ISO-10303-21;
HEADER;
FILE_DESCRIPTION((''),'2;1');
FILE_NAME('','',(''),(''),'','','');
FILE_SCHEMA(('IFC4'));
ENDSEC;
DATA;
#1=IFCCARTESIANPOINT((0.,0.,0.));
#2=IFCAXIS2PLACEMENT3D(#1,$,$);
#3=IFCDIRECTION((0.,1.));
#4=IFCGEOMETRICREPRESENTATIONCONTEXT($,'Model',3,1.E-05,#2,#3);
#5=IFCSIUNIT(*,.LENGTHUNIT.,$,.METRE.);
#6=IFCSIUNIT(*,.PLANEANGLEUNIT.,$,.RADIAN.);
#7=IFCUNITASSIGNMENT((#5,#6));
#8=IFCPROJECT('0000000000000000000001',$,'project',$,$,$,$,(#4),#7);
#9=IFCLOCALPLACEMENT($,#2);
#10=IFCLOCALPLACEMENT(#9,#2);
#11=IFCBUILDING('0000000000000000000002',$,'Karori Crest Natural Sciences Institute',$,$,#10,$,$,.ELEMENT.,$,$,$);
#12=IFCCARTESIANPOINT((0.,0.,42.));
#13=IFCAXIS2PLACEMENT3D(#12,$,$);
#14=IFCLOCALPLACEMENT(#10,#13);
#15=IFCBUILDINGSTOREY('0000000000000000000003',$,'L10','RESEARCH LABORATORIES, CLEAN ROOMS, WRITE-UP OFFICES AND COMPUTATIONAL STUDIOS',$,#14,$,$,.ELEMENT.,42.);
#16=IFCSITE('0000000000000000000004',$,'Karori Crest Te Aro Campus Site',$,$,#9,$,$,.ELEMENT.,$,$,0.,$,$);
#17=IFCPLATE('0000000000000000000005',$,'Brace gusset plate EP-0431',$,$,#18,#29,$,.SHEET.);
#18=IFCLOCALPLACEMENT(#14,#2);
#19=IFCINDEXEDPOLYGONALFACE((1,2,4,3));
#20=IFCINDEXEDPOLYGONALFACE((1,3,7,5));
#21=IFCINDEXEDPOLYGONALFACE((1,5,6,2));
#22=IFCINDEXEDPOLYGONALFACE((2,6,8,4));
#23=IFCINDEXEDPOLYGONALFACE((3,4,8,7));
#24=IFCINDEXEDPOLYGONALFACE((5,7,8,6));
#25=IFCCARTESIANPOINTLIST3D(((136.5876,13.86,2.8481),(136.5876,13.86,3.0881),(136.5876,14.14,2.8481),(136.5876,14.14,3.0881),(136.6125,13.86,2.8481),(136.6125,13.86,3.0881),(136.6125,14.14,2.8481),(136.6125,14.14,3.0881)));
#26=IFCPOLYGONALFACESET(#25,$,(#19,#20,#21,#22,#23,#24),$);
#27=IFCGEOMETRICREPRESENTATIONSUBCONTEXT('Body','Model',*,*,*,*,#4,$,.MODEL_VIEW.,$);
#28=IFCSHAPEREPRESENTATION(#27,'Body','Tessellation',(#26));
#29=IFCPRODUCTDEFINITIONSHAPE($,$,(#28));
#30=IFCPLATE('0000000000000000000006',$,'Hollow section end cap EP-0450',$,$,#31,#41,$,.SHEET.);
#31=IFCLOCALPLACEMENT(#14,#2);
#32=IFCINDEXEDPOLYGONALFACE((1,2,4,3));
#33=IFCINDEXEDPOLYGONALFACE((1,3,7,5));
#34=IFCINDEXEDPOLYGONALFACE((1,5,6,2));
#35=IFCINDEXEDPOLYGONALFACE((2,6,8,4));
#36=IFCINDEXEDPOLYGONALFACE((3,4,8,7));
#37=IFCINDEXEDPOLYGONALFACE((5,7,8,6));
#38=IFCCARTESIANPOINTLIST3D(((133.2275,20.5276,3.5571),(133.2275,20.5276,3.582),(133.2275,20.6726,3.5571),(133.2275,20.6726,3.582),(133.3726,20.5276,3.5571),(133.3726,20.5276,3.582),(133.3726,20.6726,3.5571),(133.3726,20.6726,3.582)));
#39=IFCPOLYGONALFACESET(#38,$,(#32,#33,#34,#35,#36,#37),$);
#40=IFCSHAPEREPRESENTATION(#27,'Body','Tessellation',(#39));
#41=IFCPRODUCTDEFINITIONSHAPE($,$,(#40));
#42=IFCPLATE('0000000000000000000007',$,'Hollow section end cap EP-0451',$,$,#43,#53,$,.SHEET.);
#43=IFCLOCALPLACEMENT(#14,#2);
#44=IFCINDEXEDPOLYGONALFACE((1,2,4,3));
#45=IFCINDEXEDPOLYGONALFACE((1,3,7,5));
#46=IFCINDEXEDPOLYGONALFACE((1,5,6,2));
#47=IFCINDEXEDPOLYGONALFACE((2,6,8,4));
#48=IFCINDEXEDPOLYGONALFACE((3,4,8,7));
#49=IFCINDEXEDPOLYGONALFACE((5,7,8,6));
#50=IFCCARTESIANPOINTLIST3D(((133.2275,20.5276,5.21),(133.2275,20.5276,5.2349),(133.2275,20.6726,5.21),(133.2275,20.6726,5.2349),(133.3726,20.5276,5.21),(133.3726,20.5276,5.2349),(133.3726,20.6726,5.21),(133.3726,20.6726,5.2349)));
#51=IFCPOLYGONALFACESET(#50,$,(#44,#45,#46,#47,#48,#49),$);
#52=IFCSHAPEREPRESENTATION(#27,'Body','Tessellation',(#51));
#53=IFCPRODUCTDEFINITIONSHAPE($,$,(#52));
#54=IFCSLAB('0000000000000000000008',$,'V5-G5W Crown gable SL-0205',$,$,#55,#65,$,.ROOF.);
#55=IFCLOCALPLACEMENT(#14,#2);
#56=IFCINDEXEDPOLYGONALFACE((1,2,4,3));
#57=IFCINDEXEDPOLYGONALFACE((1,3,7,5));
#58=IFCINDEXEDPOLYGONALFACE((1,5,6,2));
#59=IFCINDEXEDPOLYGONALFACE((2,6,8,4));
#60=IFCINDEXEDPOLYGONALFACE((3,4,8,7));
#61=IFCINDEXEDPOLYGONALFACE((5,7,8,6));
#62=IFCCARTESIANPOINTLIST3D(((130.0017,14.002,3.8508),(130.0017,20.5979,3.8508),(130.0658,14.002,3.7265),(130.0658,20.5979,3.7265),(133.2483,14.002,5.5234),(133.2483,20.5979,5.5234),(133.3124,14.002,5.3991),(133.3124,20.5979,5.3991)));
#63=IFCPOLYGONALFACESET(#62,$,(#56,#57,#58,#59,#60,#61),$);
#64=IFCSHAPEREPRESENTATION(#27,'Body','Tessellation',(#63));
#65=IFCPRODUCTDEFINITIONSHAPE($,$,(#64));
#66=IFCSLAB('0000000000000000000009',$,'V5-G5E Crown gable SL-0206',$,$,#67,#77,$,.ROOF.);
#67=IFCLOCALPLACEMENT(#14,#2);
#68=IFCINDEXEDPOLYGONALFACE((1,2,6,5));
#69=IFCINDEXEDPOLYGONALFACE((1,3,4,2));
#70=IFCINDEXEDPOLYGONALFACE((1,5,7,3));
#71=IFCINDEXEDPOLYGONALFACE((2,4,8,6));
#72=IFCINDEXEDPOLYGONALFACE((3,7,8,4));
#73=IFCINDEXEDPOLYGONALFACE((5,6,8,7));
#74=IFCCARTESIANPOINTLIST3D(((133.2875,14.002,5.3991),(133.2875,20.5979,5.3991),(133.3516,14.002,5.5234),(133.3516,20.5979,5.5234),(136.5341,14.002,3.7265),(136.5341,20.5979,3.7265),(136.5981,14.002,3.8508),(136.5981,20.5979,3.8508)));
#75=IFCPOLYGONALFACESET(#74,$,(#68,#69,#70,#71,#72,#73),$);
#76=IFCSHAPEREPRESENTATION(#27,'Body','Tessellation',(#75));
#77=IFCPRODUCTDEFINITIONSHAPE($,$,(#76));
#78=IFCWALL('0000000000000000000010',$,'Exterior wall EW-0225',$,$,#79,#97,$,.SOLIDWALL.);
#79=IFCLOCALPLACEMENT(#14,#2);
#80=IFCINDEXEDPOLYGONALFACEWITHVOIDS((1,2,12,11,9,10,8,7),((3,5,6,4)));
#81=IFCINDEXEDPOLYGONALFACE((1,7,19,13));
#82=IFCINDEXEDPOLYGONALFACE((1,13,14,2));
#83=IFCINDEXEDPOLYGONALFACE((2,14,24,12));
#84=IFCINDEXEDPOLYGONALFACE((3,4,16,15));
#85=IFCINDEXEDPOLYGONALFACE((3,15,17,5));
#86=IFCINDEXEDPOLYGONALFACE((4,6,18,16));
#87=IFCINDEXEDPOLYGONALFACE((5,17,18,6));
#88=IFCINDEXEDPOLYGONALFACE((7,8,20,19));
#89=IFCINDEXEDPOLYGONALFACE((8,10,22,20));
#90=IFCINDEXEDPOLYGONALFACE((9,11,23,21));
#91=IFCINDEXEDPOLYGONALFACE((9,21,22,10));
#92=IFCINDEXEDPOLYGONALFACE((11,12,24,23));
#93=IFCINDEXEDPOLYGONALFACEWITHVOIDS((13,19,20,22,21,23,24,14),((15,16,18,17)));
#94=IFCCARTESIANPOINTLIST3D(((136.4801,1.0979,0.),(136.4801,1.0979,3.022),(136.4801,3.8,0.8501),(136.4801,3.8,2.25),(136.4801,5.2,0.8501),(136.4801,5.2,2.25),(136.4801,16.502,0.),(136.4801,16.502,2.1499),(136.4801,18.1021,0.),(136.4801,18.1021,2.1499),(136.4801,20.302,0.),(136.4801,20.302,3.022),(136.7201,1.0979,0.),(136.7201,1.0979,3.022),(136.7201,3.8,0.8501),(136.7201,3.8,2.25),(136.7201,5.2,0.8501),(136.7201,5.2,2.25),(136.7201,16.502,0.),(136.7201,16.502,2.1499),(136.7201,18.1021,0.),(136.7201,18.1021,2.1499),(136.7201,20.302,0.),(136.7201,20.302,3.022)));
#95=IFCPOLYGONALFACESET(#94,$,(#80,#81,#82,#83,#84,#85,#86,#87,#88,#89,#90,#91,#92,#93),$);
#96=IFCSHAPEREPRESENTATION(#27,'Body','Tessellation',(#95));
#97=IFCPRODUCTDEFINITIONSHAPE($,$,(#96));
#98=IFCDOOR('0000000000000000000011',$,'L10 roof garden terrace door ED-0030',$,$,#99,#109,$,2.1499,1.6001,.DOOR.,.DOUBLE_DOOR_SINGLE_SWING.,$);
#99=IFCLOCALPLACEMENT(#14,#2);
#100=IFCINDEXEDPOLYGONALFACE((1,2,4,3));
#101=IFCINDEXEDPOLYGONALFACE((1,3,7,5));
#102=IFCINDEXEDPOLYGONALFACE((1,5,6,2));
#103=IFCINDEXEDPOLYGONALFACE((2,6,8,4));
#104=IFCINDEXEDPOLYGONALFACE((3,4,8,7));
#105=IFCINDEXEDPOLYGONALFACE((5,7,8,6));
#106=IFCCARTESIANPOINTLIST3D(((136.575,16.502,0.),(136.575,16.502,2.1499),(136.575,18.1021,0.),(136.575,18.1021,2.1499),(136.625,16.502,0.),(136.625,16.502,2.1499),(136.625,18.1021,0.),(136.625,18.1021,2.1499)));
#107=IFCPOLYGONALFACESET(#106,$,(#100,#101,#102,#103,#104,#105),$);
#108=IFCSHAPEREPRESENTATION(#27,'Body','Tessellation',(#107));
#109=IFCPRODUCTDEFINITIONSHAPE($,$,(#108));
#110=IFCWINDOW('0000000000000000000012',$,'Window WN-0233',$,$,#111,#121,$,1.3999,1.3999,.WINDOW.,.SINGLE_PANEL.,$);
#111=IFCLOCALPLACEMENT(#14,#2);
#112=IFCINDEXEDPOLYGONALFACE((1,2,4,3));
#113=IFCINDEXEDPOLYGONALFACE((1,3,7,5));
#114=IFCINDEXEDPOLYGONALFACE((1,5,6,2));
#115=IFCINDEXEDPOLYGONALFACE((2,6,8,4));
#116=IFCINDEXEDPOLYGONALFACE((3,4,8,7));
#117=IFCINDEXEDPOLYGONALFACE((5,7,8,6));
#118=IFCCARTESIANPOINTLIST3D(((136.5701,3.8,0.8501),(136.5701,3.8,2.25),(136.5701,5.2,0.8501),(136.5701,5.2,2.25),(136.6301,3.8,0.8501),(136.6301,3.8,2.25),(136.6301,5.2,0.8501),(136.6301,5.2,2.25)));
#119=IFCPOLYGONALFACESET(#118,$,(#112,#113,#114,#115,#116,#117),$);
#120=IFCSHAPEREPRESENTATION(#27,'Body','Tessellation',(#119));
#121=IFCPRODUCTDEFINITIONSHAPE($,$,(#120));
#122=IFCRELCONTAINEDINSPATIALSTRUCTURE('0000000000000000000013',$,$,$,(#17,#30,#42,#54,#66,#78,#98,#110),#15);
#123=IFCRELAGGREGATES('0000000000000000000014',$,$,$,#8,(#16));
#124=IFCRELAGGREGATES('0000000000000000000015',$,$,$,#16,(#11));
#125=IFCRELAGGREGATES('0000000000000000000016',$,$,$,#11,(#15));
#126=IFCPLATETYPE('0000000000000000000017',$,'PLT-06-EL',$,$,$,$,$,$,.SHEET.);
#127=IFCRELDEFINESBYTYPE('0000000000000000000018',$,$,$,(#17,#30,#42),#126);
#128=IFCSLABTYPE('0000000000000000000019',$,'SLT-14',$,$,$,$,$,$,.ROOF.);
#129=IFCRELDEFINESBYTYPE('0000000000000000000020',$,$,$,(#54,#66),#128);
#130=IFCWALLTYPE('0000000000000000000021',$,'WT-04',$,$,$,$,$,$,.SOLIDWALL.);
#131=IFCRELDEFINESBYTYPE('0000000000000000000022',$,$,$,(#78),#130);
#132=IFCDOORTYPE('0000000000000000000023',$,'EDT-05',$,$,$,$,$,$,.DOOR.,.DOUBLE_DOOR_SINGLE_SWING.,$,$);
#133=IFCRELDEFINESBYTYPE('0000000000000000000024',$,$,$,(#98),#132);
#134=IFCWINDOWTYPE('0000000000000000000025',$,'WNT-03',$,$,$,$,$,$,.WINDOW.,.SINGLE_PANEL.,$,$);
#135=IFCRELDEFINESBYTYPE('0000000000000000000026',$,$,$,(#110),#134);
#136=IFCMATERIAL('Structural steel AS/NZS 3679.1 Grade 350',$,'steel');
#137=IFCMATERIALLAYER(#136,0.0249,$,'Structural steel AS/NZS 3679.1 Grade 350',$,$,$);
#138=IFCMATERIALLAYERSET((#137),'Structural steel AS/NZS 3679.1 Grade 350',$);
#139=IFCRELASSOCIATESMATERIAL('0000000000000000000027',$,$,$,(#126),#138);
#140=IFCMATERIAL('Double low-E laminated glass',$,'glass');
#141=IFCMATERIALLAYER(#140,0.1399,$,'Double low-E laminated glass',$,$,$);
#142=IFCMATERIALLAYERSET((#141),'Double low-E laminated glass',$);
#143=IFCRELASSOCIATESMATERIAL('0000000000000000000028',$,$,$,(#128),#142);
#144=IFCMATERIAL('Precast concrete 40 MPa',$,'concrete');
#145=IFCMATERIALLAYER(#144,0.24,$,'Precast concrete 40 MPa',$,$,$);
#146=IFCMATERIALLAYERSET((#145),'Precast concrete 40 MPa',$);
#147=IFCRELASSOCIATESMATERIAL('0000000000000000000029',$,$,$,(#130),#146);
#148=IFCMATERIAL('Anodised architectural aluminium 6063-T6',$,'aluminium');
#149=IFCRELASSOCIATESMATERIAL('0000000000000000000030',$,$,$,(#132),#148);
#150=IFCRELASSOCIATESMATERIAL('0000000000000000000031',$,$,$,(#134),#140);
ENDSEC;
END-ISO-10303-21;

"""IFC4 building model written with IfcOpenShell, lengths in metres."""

from ifc_helpers import new_model, si_unit, direction, frame, frame_2d, origin, origin_2d, place, context, subcontext, project, spatial, polyline, rectangle, outline, extrude, material, layer, layer_set, type_object, element, fill, save


model = new_model("IFC4")

# Units and contexts
model_context = context("Model", 3, precision=1e-05, world=origin(), true_north=direction((0.0, 1.0)))
body_context = subcontext(model_context, "Body", "Model", "MODEL_VIEW")
ifc_project = project(units=[si_unit("LENGTHUNIT", "METRE"), si_unit("PLANEANGLEUNIT", "RADIAN")], contexts=[model_context])

# Site, building, storey
site_placement = place(None, origin())
site = spatial("IfcSite", under=ifc_project, at=site_placement, Name="Karori Crest Te Aro Campus Site", CompositionType="ELEMENT", RefElevation=0.0)
building_placement = place(site_placement, origin())
building = spatial("IfcBuilding", under=site, at=building_placement, Name="Karori Crest Natural Sciences Institute", CompositionType="ELEMENT")
storey_placement = place(building_placement, frame((0.0, 0.0, 42.0)))
storey = spatial("IfcBuildingStorey", under=building, at=storey_placement, Name="L10", Description="RESEARCH LABORATORIES, CLEAN ROOMS, WRITE-UP OFFICES AND COMPUTATIONAL STUDIOS", CompositionType="ELEMENT", Elevation=42.0)

# Shared definitions
ifc_material_1 = material(Name="Structural steel AS/NZS 3679.1 Grade 350", Category="steel")

# Shared definitions
ifc_material_2 = material(Name="Anodised architectural aluminium 6063-T6", Category="aluminium")

# Shared definitions
ifc_material_3 = material(Name="Double low-E laminated glass", Category="glass")

# Plates
ifc_layer_1 = layer(ifc_material_1, 0.0249, Name="Structural steel AS/NZS 3679.1 Grade 350")
ifc_layer_set_1 = layer_set([ifc_layer_1], Name="Structural steel AS/NZS 3679.1 Grade 350")
plate_type_1 = type_object("IfcPlateType", Name="PLT-06-EL", PredefinedType="SHEET", material=ifc_layer_set_1)
plate_1_placement = place(storey_placement, frame((136.6001, 14.0, 2.8481), z_axis=(0.0, 0.0, 1.0), x_axis=(0.0, 1.0, 0.0)))
element("IfcPlate", 1, at=plate_1_placement, inside=storey, type_object=plate_type_1, Name="Brace gusset plate EP-0431", PredefinedType="SHEET", context=body_context, shape_type="SweptSolid", body=[
    extrude(rectangle(XDim=0.28, YDim=0.0249, at=origin_2d()), origin(), (0.0, 0.0, 1.0), 0.24),
])
for number, where, z_axis, x_axis, name in (
    (2, (133.3, 20.6001, 3.5571), (0.0, 0.0, 1.0), (1.0, 0.0, 0.0), "Hollow section end cap EP-0450"),
    (3, (133.3, 20.6001, 5.21), (0.0, 0.0, 1.0), (1.0, 0.0, 0.0), "Hollow section end cap EP-0451"),
):
    element("IfcPlate", number, at=place(storey_placement, frame(where, z_axis=z_axis, x_axis=x_axis)), inside=storey, type_object=plate_type_1, Name=name, PredefinedType="SHEET", context=body_context, shape_type="SweptSolid", body=[
        extrude(rectangle(XDim=0.145, YDim=0.145, at=origin_2d()), origin(), (0.0, 0.0, 1.0), 0.0249),
    ])

# Slabs
ifc_layer_2 = layer(ifc_material_3, 0.1399, Name="Double low-E laminated glass")
ifc_layer_set_2 = layer_set([ifc_layer_2], Name="Double low-E laminated glass")
slab_type = type_object("IfcSlabType", Name="SLT-14", PredefinedType="ROOF", material=ifc_layer_set_2)
for number, where, z_axis, x_axis, name in (
    (4, (130.0017, 14.002, 3.8508), (-0.457984, 0.0, 0.888961), (0.888961, 0.0, 0.457984), "V5-G5W Crown gable SL-0205"),
    (5, (133.3516, 14.002, 5.5234), (0.457984, 0.0, 0.888961), (0.888961, 0.0, -0.457984), "V5-G5E Crown gable SL-0206"),
):
    element("IfcSlab", number, at=place(storey_placement, frame(where, z_axis=z_axis, x_axis=x_axis)), inside=storey, type_object=slab_type, Name=name, PredefinedType="ROOF", context=body_context, shape_type="SweptSolid", body=[
        extrude(outline(polyline([(0.0, 0.0), (3.6521, 0.0), (3.6521, 6.5959), (0.0, 6.5959), (0.0, 0.0)])), origin(), (0.0, 0.0, -1.0), 0.1399),
    ])

# Wall, openings, door, window
ifc_material_4 = material(Name="Precast concrete 40 MPa", Category="concrete")
ifc_layer_3 = layer(ifc_material_4, 0.24, Name="Precast concrete 40 MPa")
ifc_layer_set_3 = layer_set([ifc_layer_3], Name="Precast concrete 40 MPa")
wall_type = type_object("IfcWallType", Name="WT-04", PredefinedType="SOLIDWALL", material=ifc_layer_set_3)
wall_placement = place(storey_placement, frame((136.6001, 20.302, 0.0), z_axis=(0.0, 0.0, 1.0), x_axis=(0.0, -1.0, 0.0)))
wall = element("IfcWall", 6, at=wall_placement, inside=storey, type_object=wall_type, Name="Exterior wall EW-0225", PredefinedType="SOLIDWALL", context=body_context, shape_type="SweptSolid", body=[
    extrude(rectangle(XDim=19.2041, YDim=0.24, at=frame_2d((9.6021, 0.0))), origin(), (0.0, 0.0, 1.0), 3.022),
])
opening_1_placement = place(wall_placement, frame((2.2, 0.0, 0.0)))
opening_1 = element("IfcOpeningElement", 7, at=opening_1_placement, cuts=wall, PredefinedType="OPENING", context=body_context, shape_type="SweptSolid", body=[
    extrude(rectangle(XDim=1.6001, YDim=2.1499, at=frame_2d((0.8, 1.075))), frame((0.0, 0.1299, 0.0), z_axis=(0.0, -1.0, 0.0), x_axis=(1.0, 0.0, 0.0)), (0.0, 0.0, 1.0), 0.26),
])
opening_2_placement = place(wall_placement, frame((15.1021, 0.0, 0.8501)))
opening_2 = element("IfcOpeningElement", 8, at=opening_2_placement, cuts=wall, PredefinedType="OPENING", context=body_context, shape_type="SweptSolid", body=[
    extrude(rectangle(XDim=1.3999, YDim=1.3999, at=frame_2d((0.7, 0.7))), frame((0.0, 0.1299, 0.0), z_axis=(0.0, -1.0, 0.0), x_axis=(1.0, 0.0, 0.0)), (0.0, 0.0, 1.0), 0.26),
])
door_type = type_object("IfcDoorType", Name="EDT-05", OperationType="DOUBLE_DOOR_SINGLE_SWING", PredefinedType="DOOR", material=ifc_material_2)
door_placement = place(opening_1_placement, origin())
door = element("IfcDoor", 9, at=door_placement, inside=storey, type_object=door_type, Name="L10 roof garden terrace door ED-0030", OperationType="DOUBLE_DOOR_SINGLE_SWING", OverallHeight=2.1499, OverallWidth=1.6001, PredefinedType="DOOR", context=body_context, shape_type="SweptSolid", body=[
    extrude(rectangle(XDim=1.6001, YDim=2.1499, at=frame_2d((0.8, 1.075))), frame((0.0, 0.0249, 0.0), z_axis=(0.0, -1.0, 0.0), x_axis=(1.0, 0.0, 0.0)), (0.0, 0.0, 1.0), 0.05),
])
fill(opening_1, door)
window_type = type_object("IfcWindowType", Name="WNT-03", PartitioningType="SINGLE_PANEL", PredefinedType="WINDOW", material=ifc_material_3)
window_placement = place(opening_2_placement, origin())
window = element("IfcWindow", 10, at=window_placement, inside=storey, type_object=window_type, Name="Window WN-0233", OverallHeight=1.3999, OverallWidth=1.3999, PartitioningType="SINGLE_PANEL", PredefinedType="WINDOW", context=body_context, shape_type="SweptSolid", body=[
    extrude(rectangle(XDim=1.3999, YDim=1.3999, at=frame_2d((0.7, 0.7))), frame((0.0, 0.03, 0.0), z_axis=(0.0, -1.0, 0.0), x_axis=(1.0, 0.0, 0.0)), (0.0, 0.0, 1.0), 0.0601),
])
fill(opening_2, window)

save(model, "model.ifc")
